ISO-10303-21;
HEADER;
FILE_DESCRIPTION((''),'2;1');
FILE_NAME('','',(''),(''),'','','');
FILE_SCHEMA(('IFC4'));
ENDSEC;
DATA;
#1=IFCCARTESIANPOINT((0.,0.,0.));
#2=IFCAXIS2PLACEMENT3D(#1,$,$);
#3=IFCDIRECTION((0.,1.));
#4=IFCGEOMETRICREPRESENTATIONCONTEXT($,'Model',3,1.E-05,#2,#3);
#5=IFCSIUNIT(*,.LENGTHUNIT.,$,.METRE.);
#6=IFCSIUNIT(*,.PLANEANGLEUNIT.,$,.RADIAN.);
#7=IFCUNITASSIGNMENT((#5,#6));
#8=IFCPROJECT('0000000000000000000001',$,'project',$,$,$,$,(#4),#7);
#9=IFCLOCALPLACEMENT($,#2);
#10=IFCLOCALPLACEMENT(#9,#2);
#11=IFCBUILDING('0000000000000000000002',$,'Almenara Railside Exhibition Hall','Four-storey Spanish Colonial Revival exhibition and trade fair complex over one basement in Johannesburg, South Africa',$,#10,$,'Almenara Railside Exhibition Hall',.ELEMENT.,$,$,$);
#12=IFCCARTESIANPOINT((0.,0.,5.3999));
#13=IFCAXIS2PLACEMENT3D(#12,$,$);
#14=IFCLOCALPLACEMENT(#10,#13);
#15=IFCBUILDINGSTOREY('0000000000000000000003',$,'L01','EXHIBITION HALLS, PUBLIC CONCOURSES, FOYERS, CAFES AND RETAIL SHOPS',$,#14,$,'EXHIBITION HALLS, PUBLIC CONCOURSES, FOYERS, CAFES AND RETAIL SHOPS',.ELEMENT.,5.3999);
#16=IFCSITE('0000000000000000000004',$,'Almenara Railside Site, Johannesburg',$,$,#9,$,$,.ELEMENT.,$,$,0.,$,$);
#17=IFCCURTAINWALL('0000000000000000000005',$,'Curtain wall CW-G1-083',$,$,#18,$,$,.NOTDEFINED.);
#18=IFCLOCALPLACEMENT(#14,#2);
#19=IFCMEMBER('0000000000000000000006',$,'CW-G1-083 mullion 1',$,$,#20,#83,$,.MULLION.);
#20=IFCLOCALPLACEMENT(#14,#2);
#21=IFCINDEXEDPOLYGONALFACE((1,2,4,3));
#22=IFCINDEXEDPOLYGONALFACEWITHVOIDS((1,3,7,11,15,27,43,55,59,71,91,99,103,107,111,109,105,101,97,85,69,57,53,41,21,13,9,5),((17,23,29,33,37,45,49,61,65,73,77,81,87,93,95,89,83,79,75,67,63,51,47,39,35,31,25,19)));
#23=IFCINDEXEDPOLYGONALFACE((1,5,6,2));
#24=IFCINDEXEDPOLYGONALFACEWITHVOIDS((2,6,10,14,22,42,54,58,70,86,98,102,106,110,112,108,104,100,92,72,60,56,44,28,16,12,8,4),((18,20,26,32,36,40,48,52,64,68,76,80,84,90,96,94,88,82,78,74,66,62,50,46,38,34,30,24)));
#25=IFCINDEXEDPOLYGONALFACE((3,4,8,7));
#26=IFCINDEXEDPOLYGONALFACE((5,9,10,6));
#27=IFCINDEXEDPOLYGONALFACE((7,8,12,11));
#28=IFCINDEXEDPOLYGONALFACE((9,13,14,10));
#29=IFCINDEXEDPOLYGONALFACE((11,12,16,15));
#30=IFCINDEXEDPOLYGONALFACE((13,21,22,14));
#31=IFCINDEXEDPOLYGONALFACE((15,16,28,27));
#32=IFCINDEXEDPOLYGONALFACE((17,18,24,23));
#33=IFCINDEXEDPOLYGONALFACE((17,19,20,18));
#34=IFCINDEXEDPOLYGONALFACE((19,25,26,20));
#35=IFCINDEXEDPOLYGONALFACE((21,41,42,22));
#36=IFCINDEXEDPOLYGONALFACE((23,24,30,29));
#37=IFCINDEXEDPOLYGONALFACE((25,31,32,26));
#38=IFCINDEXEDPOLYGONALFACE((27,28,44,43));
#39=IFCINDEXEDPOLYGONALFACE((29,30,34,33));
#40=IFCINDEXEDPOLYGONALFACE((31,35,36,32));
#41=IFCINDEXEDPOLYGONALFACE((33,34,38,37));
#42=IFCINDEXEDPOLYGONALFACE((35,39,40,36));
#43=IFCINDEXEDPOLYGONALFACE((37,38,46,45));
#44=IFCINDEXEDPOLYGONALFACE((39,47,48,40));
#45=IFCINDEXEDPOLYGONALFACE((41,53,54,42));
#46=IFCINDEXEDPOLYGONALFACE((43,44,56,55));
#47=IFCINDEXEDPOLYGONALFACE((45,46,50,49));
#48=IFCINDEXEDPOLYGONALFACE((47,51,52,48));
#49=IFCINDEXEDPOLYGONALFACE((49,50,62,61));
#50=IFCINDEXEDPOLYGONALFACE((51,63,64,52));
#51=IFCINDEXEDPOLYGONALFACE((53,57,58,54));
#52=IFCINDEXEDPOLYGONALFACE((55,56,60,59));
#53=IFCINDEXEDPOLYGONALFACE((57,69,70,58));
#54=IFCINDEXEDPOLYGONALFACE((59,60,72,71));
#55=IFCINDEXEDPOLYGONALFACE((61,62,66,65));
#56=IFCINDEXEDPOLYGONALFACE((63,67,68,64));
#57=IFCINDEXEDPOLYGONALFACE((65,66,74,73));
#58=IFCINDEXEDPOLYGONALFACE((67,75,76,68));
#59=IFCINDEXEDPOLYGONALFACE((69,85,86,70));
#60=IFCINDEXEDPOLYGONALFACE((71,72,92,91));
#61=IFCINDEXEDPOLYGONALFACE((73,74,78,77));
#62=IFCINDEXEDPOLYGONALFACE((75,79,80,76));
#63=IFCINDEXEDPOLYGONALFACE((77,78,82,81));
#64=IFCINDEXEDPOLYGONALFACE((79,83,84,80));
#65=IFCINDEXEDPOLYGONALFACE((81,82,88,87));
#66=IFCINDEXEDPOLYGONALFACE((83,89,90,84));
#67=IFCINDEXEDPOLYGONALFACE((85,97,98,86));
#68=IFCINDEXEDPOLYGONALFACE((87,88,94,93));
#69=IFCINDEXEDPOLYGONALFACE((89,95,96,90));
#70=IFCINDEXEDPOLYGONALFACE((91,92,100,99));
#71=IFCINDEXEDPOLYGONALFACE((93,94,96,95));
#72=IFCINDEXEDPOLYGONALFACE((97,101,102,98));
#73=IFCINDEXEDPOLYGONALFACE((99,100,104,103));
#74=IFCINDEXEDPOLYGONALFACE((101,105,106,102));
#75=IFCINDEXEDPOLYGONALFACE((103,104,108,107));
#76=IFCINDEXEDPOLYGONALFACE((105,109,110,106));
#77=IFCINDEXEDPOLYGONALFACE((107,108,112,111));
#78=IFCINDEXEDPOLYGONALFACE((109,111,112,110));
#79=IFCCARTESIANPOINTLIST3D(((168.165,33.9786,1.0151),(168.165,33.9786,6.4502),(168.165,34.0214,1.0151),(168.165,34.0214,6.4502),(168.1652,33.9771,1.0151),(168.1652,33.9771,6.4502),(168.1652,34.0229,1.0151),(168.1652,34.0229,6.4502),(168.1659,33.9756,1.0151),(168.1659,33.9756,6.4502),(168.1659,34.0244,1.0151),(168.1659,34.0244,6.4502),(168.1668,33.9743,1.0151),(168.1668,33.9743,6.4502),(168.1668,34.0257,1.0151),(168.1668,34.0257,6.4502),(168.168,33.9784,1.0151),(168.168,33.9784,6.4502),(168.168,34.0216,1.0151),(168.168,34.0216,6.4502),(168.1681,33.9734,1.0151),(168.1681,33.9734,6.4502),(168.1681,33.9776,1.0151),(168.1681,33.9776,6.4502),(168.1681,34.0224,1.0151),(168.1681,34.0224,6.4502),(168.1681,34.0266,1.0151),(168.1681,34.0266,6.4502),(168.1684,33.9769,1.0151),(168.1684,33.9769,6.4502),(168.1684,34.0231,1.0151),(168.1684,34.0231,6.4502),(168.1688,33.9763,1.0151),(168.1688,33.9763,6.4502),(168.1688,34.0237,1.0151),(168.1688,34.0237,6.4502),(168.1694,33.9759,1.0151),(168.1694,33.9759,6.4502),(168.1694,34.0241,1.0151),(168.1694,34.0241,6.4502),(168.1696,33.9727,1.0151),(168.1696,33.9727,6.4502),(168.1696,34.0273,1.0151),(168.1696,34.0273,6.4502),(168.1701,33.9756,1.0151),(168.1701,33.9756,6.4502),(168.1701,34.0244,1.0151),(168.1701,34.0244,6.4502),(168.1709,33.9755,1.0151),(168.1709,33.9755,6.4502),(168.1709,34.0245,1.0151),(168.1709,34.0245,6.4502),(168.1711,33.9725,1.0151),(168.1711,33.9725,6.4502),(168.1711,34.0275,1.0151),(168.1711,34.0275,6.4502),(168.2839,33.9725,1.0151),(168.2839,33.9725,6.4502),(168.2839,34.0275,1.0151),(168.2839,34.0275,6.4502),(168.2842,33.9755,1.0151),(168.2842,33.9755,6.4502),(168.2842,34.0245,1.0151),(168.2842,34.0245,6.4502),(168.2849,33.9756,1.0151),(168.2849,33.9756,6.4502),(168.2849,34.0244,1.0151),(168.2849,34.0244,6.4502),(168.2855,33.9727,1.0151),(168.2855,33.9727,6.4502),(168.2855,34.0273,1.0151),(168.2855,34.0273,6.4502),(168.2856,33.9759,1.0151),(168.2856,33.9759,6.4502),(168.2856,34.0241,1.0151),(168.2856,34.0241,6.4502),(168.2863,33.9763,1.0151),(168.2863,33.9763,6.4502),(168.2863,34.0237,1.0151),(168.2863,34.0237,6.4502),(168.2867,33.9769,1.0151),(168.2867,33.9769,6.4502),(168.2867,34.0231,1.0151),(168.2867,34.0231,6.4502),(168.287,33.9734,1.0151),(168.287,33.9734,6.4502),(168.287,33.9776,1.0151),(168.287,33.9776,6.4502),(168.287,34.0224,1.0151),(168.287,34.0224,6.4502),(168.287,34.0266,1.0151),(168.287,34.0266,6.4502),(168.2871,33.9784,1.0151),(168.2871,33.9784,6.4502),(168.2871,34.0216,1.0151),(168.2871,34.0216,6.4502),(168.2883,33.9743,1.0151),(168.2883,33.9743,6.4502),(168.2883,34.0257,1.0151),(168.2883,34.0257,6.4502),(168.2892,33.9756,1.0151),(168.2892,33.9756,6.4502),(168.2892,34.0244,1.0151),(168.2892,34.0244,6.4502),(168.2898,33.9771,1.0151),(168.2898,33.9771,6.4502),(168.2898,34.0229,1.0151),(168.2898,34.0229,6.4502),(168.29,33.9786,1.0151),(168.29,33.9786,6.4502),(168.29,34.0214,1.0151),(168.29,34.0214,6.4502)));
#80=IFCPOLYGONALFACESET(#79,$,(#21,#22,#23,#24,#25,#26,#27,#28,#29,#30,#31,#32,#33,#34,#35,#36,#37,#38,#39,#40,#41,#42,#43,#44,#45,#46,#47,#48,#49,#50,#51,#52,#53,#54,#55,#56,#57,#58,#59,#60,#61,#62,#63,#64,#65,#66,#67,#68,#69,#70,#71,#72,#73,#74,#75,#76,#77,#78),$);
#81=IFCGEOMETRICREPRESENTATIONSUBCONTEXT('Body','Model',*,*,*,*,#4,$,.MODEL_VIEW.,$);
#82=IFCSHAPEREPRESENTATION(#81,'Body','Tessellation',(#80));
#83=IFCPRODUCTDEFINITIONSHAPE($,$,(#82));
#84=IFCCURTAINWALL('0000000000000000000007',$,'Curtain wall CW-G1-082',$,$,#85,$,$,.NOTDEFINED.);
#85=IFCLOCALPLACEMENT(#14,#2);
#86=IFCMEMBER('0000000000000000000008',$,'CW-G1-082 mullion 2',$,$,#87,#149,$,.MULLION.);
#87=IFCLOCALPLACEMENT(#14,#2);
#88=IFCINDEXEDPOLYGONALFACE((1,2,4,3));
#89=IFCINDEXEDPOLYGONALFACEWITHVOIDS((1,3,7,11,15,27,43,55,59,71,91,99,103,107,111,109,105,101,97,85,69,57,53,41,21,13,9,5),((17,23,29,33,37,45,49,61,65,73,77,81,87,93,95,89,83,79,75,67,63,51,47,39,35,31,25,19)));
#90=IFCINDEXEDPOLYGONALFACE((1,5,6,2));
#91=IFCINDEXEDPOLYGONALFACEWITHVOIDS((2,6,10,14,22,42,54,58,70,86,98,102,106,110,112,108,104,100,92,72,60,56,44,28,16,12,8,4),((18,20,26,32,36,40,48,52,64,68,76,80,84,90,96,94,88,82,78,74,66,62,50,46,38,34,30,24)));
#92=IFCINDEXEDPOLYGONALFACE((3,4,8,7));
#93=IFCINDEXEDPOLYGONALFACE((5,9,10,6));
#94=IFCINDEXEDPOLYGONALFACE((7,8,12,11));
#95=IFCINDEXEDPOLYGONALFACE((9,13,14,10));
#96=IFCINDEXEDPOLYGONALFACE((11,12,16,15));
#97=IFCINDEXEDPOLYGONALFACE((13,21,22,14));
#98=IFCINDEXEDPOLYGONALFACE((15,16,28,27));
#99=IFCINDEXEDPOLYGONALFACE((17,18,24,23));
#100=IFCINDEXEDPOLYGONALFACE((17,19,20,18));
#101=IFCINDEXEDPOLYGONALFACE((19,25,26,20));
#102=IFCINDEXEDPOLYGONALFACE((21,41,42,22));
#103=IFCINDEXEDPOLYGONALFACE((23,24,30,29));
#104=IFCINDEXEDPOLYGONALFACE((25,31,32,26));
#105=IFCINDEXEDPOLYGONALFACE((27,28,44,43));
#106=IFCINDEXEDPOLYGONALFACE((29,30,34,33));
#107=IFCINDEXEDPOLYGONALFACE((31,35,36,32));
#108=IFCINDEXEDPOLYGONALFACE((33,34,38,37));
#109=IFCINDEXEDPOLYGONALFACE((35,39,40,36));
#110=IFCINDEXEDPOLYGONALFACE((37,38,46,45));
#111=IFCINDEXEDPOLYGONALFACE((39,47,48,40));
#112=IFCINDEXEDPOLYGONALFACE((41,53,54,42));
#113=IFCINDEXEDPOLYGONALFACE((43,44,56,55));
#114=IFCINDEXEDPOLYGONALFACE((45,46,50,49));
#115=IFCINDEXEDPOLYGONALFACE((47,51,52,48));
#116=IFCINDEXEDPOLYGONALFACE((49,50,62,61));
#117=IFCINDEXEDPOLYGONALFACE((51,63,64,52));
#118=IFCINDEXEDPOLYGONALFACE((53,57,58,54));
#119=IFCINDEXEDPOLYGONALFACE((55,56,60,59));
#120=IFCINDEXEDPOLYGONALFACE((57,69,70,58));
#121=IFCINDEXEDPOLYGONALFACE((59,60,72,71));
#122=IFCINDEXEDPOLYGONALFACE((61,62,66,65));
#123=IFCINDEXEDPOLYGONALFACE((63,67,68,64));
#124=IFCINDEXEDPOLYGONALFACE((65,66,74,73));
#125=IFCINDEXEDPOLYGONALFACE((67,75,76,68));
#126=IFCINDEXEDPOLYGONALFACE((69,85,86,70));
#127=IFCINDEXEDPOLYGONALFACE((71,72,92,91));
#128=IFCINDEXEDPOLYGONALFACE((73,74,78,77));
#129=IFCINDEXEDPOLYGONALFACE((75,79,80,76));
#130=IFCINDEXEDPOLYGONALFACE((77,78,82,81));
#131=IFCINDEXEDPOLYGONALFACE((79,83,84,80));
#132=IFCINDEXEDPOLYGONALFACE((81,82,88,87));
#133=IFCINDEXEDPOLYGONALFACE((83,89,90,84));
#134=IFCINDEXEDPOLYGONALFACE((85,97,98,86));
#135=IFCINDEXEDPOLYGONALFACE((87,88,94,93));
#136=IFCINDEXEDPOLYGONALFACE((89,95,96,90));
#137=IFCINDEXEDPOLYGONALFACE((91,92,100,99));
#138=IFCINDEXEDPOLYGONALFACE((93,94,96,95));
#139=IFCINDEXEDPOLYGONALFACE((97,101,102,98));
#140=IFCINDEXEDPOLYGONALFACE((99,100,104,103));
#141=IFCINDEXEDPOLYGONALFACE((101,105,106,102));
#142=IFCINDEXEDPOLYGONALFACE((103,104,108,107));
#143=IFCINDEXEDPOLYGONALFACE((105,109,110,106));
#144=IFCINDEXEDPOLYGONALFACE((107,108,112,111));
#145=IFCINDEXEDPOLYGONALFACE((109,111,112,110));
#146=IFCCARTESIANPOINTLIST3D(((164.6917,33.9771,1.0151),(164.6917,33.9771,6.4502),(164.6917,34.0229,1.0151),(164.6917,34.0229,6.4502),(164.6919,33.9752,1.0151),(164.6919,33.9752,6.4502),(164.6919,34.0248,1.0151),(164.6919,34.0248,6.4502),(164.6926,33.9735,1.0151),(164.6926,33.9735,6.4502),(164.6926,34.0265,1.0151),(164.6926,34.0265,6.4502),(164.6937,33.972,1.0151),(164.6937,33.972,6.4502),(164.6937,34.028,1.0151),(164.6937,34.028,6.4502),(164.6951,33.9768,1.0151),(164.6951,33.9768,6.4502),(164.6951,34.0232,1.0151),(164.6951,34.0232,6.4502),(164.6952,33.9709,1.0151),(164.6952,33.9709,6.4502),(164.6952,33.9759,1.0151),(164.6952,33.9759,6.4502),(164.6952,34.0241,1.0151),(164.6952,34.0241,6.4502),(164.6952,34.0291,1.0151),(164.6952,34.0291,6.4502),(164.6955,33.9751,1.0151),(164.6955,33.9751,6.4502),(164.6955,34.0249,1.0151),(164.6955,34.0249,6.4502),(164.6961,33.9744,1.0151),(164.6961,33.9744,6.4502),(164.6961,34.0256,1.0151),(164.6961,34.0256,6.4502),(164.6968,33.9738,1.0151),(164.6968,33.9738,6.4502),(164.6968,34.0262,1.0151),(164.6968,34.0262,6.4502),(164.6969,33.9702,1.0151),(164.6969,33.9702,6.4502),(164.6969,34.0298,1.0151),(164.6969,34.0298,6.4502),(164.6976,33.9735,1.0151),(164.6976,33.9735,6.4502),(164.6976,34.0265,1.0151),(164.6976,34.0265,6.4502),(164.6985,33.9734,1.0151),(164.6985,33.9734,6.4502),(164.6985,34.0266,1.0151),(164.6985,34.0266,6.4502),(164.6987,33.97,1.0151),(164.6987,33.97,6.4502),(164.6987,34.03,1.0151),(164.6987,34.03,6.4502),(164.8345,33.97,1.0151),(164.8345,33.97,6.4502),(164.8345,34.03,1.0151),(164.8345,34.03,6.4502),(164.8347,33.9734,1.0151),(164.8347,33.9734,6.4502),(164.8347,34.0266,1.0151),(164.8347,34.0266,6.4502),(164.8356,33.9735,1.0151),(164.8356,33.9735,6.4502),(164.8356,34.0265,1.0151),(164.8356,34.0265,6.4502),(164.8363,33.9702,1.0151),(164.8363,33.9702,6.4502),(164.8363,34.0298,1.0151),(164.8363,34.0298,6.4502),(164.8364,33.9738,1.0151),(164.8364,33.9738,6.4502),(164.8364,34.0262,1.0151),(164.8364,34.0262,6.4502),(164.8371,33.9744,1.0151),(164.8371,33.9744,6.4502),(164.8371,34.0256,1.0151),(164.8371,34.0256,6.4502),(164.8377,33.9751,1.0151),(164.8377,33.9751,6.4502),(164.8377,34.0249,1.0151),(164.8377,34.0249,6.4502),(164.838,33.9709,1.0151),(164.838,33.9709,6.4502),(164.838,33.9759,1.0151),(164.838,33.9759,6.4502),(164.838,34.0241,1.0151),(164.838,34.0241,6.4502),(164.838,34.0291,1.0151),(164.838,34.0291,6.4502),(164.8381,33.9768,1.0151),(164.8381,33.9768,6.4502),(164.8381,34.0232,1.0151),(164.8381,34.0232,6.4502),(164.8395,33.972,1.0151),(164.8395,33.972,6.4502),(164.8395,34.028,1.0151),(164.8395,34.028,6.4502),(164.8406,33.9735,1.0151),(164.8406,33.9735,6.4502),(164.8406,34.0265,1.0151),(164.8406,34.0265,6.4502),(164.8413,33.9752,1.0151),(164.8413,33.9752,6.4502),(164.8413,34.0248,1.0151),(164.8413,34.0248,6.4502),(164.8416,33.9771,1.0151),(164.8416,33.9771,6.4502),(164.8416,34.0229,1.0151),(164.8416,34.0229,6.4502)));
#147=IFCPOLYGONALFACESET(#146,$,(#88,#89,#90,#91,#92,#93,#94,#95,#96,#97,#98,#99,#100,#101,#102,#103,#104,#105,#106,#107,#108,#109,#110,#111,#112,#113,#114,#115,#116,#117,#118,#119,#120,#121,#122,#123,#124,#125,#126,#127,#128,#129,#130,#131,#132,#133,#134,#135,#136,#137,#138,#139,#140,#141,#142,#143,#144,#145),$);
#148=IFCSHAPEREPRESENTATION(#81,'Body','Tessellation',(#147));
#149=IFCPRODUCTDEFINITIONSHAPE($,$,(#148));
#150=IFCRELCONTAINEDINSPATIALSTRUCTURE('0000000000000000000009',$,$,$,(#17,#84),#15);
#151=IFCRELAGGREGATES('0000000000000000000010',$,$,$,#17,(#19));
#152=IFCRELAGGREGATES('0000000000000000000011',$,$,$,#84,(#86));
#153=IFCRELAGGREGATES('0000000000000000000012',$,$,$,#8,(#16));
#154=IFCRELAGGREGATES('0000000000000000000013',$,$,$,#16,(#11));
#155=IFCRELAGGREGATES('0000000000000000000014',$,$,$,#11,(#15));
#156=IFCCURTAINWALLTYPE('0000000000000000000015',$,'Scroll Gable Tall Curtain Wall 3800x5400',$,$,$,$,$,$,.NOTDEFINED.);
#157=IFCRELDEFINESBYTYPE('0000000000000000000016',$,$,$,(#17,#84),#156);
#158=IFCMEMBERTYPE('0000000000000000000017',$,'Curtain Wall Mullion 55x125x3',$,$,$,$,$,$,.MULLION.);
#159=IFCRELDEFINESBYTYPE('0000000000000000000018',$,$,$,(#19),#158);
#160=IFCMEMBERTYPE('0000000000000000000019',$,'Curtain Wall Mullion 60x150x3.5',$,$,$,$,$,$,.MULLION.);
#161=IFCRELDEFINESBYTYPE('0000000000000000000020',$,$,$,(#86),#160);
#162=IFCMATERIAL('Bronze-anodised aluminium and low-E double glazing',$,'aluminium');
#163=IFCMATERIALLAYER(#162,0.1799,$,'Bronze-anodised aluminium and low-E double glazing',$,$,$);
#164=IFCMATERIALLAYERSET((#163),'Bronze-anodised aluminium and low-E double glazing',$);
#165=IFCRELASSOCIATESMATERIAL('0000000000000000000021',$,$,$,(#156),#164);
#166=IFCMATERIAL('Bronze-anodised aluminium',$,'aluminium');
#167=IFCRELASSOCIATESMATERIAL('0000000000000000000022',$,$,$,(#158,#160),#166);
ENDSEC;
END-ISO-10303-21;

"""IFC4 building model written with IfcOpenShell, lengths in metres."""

from ifc_helpers import new_model, si_unit, direction, frame, origin, origin_2d, place, context, subcontext, project, spatial, hollow_rectangle, extrude, material, layer, layer_set, material_profile, profile_set, type_object, element, aggregate, save


model = new_model("IFC4")

# Units and contexts
model_context = context("Model", 3, precision=1e-05, world=origin(), true_north=direction((0.0, 1.0)))
body_context = subcontext(model_context, "Body", "Model", "MODEL_VIEW")
ifc_project = project(units=[si_unit("LENGTHUNIT", "METRE"), si_unit("PLANEANGLEUNIT", "RADIAN")], contexts=[model_context])

# Site, building, storey
site_placement = place(None, origin())
site = spatial("IfcSite", under=ifc_project, at=site_placement, Name="Almenara Railside Site, Johannesburg", CompositionType="ELEMENT", RefElevation=0.0)
building_placement = place(site_placement, origin())
building = spatial("IfcBuilding", under=site, at=building_placement, Name="Almenara Railside Exhibition Hall", Description="Four-storey Spanish Colonial Revival exhibition and trade fair complex over one basement in Johannesburg, South Africa", LongName="Almenara Railside Exhibition Hall", CompositionType="ELEMENT")
storey_placement = place(building_placement, frame((0.0, 0.0, 5.3999)))
storey = spatial("IfcBuildingStorey", under=building, at=storey_placement, Name="L01", Description="EXHIBITION HALLS, PUBLIC CONCOURSES, FOYERS, CAFES AND RETAIL SHOPS", LongName="EXHIBITION HALLS, PUBLIC CONCOURSES, FOYERS, CAFES AND RETAIL SHOPS", CompositionType="ELEMENT", Elevation=5.3999)

# Curtain wall, member
ifc_material_1 = material(Name="Bronze-anodised aluminium and low-E double glazing", Category="aluminium")
ifc_layer_1 = layer(ifc_material_1, 0.1799, Name="Bronze-anodised aluminium and low-E double glazing")
ifc_layer_set_1 = layer_set([ifc_layer_1], Name="Bronze-anodised aluminium and low-E double glazing")
curtain_wall_type = type_object("IfcCurtainWallType", Name="Scroll Gable Tall Curtain Wall 3800x5400", PredefinedType="NOTDEFINED", material=ifc_layer_set_1)
curtain_wall_1_placement = place(storey_placement, origin())
curtain_wall_1 = element("IfcCurtainWall", 1, at=curtain_wall_1_placement, inside=storey, type_object=curtain_wall_type, Name="Curtain wall CW-G1-083", PredefinedType="NOTDEFINED")
ifc_material_2 = material(Name="Bronze-anodised aluminium", Category="aluminium")
ifc_material_profile_1 = material_profile(ifc_material_2, hollow_rectangle(XDim=0.0549, YDim=0.125, WallThickness=0.0029, InnerFilletRadius=0.0029, OuterFilletRadius=0.0061, at=origin_2d()), Name="ALU-MUL 55x125x3")
ifc_profile_set_1 = profile_set([ifc_material_profile_1], Name="Bronze-anodised aluminium")
member_type_1 = type_object("IfcMemberType", Name="Curtain Wall Mullion 55x125x3", PredefinedType="MULLION", material=ifc_profile_set_1)
member_1_placement = place(storey_placement, frame((168.2275, 34.0, 1.0151), z_axis=(0.0, 0.0, 1.0), x_axis=(0.0, 1.0, 0.0)))
member_1 = element("IfcMember", 2, at=member_1_placement, type_object=member_type_1, Name="CW-G1-083 mullion 1", PredefinedType="MULLION", context=body_context, shape_type="SweptSolid", body=[
    extrude(hollow_rectangle(XDim=0.0549, YDim=0.125, WallThickness=0.0029, InnerFilletRadius=0.0029, OuterFilletRadius=0.0061, at=origin_2d()), origin(), (0.0, 0.0, 1.0), 5.4351),
])
aggregate(curtain_wall_1, [member_1])

# Curtain wall, member
curtain_wall_2_placement = place(storey_placement, origin())
curtain_wall_2 = element("IfcCurtainWall", 3, at=curtain_wall_2_placement, inside=storey, type_object=curtain_wall_type, Name="Curtain wall CW-G1-082", PredefinedType="NOTDEFINED")
ifc_material_profile_2 = material_profile(ifc_material_2, hollow_rectangle(XDim=0.0601, YDim=0.1499, WallThickness=0.0034, InnerFilletRadius=0.0034, OuterFilletRadius=0.0071, at=origin_2d()), Name="ALU-MUL 60x150x3.5")
ifc_profile_set_2 = profile_set([ifc_material_profile_2], Name="Bronze-anodised aluminium")
member_type_2 = type_object("IfcMemberType", Name="Curtain Wall Mullion 60x150x3.5", PredefinedType="MULLION", material=ifc_profile_set_2)
member_2_placement = place(storey_placement, frame((164.7666, 34.0, 1.0151), z_axis=(0.0, 0.0, 1.0), x_axis=(0.0, 1.0, 0.0)))
member_2 = element("IfcMember", 4, at=member_2_placement, type_object=member_type_2, Name="CW-G1-082 mullion 2", PredefinedType="MULLION", context=body_context, shape_type="SweptSolid", body=[
    extrude(hollow_rectangle(XDim=0.0601, YDim=0.1499, WallThickness=0.0034, InnerFilletRadius=0.0034, OuterFilletRadius=0.0071, at=origin_2d()), origin(), (0.0, 0.0, 1.0), 5.4351),
])
aggregate(curtain_wall_2, [member_2])

save(model, "model.ifc")
